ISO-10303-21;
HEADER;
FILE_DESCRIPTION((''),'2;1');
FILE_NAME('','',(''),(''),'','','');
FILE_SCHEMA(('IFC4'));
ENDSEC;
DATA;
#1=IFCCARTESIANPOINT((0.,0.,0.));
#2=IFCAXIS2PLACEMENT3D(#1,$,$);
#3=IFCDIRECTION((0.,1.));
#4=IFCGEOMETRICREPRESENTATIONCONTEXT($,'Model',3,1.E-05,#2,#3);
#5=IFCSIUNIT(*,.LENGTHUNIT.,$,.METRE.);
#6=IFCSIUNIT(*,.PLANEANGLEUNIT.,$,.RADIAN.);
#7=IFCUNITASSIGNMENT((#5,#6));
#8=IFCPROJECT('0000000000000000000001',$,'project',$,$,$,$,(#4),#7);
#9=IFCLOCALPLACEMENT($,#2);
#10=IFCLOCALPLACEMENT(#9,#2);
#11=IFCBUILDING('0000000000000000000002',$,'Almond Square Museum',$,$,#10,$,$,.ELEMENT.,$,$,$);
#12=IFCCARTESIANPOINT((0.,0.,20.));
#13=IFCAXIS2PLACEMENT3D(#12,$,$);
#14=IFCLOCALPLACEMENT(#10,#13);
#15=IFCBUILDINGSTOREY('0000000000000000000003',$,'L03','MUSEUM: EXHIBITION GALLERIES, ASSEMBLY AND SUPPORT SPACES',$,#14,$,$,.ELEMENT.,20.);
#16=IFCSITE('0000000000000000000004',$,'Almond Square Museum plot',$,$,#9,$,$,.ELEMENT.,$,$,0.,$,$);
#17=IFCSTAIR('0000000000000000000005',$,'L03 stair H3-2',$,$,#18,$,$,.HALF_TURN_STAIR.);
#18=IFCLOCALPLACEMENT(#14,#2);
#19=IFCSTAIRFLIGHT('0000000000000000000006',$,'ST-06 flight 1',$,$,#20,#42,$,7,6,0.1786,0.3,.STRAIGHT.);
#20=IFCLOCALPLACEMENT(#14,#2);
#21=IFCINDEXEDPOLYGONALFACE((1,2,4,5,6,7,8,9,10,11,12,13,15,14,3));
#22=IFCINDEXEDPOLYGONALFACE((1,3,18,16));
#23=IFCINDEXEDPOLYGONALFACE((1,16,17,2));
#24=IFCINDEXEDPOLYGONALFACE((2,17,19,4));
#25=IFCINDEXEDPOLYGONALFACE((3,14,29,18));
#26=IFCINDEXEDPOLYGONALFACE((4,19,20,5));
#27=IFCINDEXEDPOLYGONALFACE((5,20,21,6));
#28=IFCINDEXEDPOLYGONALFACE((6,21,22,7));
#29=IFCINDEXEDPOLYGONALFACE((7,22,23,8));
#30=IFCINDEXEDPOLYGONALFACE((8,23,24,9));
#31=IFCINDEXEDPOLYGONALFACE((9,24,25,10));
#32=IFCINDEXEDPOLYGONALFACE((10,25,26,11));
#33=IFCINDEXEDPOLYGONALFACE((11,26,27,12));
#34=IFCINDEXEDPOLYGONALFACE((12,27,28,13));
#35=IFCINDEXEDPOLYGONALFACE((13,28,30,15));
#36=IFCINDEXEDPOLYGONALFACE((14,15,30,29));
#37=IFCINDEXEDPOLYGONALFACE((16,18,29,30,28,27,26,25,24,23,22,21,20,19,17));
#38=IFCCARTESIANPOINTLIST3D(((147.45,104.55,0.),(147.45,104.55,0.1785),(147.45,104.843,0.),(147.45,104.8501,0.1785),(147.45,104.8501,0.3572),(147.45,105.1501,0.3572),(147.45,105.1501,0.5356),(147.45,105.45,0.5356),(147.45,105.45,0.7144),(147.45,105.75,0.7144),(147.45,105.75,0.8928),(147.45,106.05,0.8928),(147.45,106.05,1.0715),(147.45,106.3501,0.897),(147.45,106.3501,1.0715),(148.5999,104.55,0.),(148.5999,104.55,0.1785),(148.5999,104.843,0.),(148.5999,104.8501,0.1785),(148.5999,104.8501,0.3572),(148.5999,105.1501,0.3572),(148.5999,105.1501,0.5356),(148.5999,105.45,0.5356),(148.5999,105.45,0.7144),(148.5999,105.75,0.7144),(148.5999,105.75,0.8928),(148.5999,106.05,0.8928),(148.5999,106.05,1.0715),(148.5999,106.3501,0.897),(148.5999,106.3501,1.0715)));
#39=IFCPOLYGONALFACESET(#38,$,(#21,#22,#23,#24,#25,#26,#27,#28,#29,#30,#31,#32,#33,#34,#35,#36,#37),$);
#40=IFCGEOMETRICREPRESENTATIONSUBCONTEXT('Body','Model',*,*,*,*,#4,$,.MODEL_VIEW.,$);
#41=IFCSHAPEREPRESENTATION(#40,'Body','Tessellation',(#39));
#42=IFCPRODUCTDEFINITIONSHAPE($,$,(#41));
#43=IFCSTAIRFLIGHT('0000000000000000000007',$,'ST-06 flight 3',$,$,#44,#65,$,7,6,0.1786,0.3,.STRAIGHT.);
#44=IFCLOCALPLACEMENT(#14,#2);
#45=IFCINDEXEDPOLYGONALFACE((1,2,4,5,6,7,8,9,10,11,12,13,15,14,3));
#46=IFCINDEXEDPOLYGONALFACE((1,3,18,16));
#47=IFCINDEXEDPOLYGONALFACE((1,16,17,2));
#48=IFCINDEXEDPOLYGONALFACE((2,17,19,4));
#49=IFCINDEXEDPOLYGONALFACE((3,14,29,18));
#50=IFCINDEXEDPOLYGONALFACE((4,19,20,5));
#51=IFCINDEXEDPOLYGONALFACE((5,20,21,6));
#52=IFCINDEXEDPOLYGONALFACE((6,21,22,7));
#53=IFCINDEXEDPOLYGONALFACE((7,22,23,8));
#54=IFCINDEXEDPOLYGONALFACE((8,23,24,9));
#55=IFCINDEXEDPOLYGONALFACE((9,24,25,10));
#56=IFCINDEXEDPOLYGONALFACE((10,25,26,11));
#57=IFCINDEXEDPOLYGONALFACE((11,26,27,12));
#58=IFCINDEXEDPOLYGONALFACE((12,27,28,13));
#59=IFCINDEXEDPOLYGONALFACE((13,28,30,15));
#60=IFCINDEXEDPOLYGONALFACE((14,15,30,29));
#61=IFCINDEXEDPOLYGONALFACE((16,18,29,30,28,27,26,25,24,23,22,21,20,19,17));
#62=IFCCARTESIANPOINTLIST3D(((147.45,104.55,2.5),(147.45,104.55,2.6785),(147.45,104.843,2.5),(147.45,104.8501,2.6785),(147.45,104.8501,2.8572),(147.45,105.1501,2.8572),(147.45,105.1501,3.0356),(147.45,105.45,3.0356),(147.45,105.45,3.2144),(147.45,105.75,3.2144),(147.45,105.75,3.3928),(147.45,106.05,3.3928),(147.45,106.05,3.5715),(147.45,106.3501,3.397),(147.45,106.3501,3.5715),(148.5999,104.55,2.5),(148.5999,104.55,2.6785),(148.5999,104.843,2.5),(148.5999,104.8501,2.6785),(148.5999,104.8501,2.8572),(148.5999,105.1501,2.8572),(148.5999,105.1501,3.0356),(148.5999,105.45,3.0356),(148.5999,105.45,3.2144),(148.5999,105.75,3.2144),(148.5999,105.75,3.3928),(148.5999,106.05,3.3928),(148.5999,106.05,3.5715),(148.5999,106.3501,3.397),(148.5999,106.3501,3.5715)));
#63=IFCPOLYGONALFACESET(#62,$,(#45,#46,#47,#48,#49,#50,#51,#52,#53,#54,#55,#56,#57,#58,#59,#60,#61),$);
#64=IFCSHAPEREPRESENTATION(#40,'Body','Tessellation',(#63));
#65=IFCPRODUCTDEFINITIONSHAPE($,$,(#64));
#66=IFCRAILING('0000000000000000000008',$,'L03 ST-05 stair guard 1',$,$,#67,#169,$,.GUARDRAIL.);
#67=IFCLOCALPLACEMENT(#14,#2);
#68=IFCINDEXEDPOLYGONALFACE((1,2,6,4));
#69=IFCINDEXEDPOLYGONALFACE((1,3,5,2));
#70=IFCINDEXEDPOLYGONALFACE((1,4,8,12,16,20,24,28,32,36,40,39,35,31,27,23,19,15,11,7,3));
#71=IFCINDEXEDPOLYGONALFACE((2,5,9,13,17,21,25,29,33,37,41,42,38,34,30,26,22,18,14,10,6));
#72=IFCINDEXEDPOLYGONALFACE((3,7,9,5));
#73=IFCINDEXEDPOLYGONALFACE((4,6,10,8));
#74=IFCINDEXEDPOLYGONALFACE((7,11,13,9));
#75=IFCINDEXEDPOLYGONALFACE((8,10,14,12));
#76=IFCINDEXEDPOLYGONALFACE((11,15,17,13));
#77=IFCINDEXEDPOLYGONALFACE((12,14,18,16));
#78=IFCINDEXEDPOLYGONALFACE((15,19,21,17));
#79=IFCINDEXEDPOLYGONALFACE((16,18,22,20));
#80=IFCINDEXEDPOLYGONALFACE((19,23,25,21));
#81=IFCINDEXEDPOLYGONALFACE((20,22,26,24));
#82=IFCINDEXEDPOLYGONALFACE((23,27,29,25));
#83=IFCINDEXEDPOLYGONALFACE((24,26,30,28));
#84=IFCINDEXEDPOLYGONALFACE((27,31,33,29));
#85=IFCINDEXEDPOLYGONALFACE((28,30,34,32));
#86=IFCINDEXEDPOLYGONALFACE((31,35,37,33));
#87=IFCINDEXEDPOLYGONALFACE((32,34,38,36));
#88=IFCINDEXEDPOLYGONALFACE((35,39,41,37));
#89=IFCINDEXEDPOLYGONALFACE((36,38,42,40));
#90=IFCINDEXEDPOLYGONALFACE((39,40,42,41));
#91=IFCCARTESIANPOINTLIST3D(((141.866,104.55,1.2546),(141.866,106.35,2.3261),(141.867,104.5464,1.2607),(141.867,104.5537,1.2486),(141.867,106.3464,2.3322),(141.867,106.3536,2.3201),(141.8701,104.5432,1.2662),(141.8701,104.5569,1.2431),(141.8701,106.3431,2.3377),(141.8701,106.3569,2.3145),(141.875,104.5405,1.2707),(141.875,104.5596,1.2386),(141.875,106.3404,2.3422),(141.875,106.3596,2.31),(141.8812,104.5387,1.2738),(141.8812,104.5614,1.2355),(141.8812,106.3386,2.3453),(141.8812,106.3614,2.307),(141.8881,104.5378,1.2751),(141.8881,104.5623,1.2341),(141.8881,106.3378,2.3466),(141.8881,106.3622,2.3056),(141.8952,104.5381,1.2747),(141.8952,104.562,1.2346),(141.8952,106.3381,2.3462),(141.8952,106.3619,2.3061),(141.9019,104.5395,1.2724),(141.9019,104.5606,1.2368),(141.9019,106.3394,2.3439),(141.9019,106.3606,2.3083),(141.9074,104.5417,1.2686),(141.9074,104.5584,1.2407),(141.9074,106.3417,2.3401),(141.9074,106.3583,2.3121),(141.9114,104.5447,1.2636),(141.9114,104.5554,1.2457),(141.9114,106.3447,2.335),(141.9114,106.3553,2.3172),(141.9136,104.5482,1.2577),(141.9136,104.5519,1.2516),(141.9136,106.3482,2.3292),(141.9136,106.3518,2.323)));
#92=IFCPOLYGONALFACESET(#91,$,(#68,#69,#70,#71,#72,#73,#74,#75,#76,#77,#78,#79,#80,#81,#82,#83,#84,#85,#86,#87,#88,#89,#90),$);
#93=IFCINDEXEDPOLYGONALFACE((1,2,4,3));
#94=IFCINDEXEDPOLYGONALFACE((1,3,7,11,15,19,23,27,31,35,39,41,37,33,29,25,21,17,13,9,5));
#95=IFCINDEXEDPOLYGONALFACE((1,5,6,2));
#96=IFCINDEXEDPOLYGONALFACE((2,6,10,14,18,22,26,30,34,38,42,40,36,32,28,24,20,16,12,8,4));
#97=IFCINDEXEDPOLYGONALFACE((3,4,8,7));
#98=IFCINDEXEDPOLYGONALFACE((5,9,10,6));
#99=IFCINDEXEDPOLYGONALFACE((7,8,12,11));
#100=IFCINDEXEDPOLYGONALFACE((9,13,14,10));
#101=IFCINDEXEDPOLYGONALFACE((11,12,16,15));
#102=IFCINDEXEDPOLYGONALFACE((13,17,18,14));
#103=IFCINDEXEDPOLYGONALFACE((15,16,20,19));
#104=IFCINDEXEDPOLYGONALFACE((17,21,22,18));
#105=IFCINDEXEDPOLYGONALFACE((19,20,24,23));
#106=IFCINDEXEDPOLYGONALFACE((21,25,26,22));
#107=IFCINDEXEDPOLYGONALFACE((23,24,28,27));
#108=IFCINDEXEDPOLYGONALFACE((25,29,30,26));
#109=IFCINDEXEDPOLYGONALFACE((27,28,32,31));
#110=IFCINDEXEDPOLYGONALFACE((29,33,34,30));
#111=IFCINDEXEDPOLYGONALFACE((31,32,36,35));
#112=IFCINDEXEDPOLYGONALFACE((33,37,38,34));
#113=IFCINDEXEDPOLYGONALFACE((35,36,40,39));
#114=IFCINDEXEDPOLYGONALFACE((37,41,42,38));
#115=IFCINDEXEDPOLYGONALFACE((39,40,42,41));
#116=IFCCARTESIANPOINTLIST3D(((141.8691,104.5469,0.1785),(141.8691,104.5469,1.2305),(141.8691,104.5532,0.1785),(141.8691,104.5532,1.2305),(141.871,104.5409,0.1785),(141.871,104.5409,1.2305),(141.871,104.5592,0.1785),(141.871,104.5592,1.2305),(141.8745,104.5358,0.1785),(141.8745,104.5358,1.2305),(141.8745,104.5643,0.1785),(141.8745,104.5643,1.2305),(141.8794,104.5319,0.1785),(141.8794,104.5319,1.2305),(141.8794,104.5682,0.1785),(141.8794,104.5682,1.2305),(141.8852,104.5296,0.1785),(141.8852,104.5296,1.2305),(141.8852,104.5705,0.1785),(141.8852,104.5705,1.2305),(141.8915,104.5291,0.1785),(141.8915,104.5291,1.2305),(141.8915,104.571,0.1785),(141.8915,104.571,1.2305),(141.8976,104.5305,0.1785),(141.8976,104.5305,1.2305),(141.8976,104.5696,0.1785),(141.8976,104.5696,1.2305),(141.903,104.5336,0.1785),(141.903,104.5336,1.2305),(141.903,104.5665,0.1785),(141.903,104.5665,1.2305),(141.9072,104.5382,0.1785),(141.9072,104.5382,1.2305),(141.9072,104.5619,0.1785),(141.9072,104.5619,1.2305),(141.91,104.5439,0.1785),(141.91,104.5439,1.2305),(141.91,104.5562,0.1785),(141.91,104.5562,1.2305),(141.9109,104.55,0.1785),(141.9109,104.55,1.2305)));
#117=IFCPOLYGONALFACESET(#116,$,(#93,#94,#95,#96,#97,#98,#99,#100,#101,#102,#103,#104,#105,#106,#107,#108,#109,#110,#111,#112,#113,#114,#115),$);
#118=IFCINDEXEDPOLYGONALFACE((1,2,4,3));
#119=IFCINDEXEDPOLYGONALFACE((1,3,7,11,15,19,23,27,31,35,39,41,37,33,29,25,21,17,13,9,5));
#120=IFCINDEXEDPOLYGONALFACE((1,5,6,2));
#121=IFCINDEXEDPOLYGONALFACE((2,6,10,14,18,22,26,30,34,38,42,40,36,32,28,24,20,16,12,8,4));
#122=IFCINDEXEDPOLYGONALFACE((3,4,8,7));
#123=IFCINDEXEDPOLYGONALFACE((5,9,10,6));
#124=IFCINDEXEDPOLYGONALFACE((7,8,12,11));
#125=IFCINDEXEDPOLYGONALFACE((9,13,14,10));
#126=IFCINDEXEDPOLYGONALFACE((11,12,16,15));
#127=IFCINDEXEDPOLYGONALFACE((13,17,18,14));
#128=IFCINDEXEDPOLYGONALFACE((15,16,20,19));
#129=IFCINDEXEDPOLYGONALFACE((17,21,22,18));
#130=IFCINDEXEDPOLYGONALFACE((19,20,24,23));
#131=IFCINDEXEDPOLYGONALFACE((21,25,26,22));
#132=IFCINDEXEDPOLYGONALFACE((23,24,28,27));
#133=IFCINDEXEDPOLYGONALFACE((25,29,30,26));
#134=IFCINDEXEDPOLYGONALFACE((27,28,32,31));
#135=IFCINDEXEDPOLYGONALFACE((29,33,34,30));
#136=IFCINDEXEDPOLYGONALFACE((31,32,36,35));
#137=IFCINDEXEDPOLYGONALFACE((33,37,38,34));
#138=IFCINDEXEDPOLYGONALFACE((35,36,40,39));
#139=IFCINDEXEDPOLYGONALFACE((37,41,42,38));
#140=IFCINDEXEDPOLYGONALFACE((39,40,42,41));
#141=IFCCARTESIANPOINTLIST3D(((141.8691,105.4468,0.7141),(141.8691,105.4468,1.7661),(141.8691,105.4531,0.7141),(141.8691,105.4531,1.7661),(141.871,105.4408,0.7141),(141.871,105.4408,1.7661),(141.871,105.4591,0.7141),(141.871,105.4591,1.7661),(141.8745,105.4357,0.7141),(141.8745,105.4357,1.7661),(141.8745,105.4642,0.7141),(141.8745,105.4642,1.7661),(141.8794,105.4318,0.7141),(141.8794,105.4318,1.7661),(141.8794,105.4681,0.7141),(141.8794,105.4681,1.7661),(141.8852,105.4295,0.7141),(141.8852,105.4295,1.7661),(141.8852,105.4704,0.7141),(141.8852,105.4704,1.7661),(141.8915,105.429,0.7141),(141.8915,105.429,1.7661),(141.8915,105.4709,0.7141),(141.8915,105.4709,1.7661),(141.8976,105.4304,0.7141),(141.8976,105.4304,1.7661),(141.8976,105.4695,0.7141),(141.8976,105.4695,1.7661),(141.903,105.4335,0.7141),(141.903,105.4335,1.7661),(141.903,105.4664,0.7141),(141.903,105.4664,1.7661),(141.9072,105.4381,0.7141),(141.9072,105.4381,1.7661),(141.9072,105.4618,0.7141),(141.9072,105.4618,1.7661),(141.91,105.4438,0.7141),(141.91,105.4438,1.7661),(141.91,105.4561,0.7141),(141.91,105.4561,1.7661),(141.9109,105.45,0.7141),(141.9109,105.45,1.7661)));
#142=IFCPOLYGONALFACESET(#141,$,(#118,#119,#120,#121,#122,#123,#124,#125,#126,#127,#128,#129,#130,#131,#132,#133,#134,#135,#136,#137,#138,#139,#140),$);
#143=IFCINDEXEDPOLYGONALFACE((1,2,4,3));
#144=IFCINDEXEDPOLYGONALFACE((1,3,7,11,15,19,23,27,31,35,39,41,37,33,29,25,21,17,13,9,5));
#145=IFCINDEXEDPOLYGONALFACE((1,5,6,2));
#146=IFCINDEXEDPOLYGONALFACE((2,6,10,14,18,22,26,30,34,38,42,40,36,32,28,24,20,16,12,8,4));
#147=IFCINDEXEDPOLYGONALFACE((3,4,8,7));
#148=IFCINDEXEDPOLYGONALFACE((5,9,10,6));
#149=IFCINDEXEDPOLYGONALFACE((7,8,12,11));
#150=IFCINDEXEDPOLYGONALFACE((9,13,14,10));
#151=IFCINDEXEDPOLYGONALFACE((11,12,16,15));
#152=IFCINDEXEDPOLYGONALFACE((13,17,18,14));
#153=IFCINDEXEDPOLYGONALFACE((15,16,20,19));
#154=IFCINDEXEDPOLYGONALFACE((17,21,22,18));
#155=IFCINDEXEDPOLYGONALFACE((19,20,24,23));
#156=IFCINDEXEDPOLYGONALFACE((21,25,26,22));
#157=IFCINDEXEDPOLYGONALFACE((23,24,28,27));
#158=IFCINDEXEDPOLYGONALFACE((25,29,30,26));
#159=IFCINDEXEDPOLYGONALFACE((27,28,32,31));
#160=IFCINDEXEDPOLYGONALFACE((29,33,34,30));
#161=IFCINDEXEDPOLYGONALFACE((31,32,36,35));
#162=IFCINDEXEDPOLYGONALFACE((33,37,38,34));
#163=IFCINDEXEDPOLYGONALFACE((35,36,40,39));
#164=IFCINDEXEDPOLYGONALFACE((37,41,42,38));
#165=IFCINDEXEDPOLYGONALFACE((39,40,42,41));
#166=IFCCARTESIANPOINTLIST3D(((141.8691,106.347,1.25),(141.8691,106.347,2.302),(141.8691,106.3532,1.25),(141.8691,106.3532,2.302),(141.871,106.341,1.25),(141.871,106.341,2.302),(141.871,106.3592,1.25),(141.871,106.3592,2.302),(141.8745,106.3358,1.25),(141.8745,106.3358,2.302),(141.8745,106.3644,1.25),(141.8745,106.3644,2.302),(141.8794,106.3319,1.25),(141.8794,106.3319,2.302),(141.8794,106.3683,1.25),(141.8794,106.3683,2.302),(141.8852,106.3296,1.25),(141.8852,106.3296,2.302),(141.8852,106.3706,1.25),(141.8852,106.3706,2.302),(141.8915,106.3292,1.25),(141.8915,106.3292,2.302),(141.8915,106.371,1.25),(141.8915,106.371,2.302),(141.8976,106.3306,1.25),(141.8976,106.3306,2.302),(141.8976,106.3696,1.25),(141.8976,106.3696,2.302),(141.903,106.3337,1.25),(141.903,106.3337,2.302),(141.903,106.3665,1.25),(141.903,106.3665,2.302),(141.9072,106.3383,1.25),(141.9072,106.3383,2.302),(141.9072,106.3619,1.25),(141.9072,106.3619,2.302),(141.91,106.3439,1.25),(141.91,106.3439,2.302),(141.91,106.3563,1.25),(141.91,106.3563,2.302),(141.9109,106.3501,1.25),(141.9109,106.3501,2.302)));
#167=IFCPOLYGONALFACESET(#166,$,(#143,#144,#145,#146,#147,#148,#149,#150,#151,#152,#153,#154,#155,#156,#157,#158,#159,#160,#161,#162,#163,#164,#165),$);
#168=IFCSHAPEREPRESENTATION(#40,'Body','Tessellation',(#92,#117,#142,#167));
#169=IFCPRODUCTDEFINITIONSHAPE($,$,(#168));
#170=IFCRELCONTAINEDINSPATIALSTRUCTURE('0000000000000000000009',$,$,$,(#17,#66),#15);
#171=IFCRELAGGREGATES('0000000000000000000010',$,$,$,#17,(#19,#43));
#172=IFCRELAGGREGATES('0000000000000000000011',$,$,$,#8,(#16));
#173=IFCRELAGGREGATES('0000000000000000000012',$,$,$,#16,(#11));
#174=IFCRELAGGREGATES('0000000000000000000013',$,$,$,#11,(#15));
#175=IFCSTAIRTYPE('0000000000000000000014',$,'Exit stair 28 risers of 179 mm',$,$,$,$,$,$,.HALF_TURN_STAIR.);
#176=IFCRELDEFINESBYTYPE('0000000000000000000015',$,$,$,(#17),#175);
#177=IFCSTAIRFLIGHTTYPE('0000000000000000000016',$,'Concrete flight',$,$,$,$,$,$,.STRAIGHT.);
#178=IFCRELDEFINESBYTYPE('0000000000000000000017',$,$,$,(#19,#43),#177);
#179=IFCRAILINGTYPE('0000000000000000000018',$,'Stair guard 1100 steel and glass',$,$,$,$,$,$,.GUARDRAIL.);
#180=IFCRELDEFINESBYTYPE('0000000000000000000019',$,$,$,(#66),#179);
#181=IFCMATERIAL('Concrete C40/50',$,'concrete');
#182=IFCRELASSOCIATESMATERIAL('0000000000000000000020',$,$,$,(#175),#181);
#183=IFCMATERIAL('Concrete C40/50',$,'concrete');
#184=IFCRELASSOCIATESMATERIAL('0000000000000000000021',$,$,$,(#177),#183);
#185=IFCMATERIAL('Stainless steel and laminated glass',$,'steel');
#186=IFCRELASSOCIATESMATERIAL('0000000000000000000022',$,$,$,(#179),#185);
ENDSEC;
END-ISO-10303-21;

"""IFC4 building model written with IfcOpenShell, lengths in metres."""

from ifc_helpers import new_model, si_unit, direction, frame, origin, origin_2d, place, context, subcontext, project, spatial, polyline, circle, outline, extrude, material, type_object, element, aggregate, save


model = new_model("IFC4")

# Units and contexts
model_context = context("Model", 3, precision=1e-05, world=origin(), true_north=direction((0.0, 1.0)))
body_context = subcontext(model_context, "Body", "Model", "MODEL_VIEW")
ifc_project = project(units=[si_unit("LENGTHUNIT", "METRE"), si_unit("PLANEANGLEUNIT", "RADIAN")], contexts=[model_context])

# Site, building, storey
site_placement = place(None, origin())
site = spatial("IfcSite", under=ifc_project, at=site_placement, Name="Almond Square Museum plot", CompositionType="ELEMENT", RefElevation=0.0)
building_placement = place(site_placement, origin())
building = spatial("IfcBuilding", under=site, at=building_placement, Name="Almond Square Museum", CompositionType="ELEMENT")
storey_placement = place(building_placement, frame((0.0, 0.0, 20.0)))
storey = spatial("IfcBuildingStorey", under=building, at=storey_placement, Name="L03", Description="MUSEUM: EXHIBITION GALLERIES, ASSEMBLY AND SUPPORT SPACES", CompositionType="ELEMENT", Elevation=20.0)

# Stair, stair flights
ifc_material_1 = material(Name="Concrete C40/50", Category="concrete")
stair_type = type_object("IfcStairType", Name="Exit stair 28 risers of 179 mm", PredefinedType="HALF_TURN_STAIR", material=ifc_material_1)
ifc_material_2 = material(Name="Concrete C40/50", Category="concrete")
stair_flight_type = type_object("IfcStairFlightType", Name="Concrete flight", PredefinedType="STRAIGHT", material=ifc_material_2)
stair_1_placement = place(storey_placement, origin())
stair_1 = element("IfcStair", 1, at=stair_1_placement, inside=storey, type_object=stair_type, Name="L03 stair H3-2", PredefinedType="HALF_TURN_STAIR")
stair_flight_1_placement = place(storey_placement, frame((148.0249, 104.55, 0.0), z_axis=(0.0, 0.0, 1.0), x_axis=(0.0, 1.0, 0.0)))
stair_flight_1 = element("IfcStairFlight", 2, at=stair_flight_1_placement, type_object=stair_flight_type, Name="ST-06 flight 1", NumberOfRisers=7, NumberOfTreads=6, PredefinedType="STRAIGHT", RiserHeight=0.1786, TreadLength=0.3, context=body_context, shape_type="SweptSolid", body=[
    extrude(outline(polyline([(0.0, 0.0), (0.0, 0.1785), (0.3, 0.1785), (0.3, 0.3572), (0.6001, 0.3572), (0.6001, 0.5356), (0.8999, 0.5356), (0.8999, 0.7144), (1.2, 0.7144), (1.2, 0.8928), (1.5, 0.8928), (1.5, 1.0715), (1.8, 1.0715), (1.8, 1.25), (1.8, 0.897), (0.293, 0.0), (0.0, 0.0)])), frame((0.0, 0.575, 0.0), z_axis=(0.0, -1.0, 0.0), x_axis=(1.0, 0.0, 0.0)), (0.0, 0.0, 1.0), 1.1499),
])
stair_flight_2_placement = place(storey_placement, frame((148.0249, 104.55, 2.5), z_axis=(0.0, 0.0, 1.0), x_axis=(0.0, 1.0, 0.0)))
stair_flight_2 = element("IfcStairFlight", 3, at=stair_flight_2_placement, type_object=stair_flight_type, Name="ST-06 flight 3", NumberOfRisers=7, NumberOfTreads=6, PredefinedType="STRAIGHT", RiserHeight=0.1786, TreadLength=0.3, context=body_context, shape_type="SweptSolid", body=[
    extrude(outline(polyline([(0.0, 0.0), (0.0, 0.1785), (0.3, 0.1785), (0.3, 0.3572), (0.6001, 0.3572), (0.6001, 0.5356), (0.8999, 0.5356), (0.8999, 0.7144), (1.2, 0.7144), (1.2, 0.8928), (1.5, 0.8928), (1.5, 1.0715), (1.8, 1.0715), (1.8, 1.25), (1.8, 0.897), (0.293, 0.0), (0.0, 0.0)])), frame((0.0, 0.575, 0.0), z_axis=(0.0, -1.0, 0.0), x_axis=(1.0, 0.0, 0.0)), (0.0, 0.0, 1.0), 1.1499),
])
aggregate(stair_1, [stair_flight_1, stair_flight_2])

# Railing
ifc_material_3 = material(Name="Stainless steel and laminated glass", Category="steel")
railing_type_1 = type_object("IfcRailingType", Name="Stair guard 1100 steel and glass", PredefinedType="GUARDRAIL", material=ifc_material_3)
railing_1_placement = place(storey_placement, frame((141.8899, 104.55, 0.1785)))
element("IfcRailing", 4, at=railing_1_placement, inside=storey, type_object=railing_type_1, Name="L03 ST-05 stair guard 1", PredefinedType="GUARDRAIL", context=body_context, shape_type="SweptSolid", body=[
    extrude(circle(Radius=0.0239, at=origin_2d()), frame((0.0, 0.0, 1.0762), z_axis=(0.0, 0.859277, 0.51151), x_axis=(-1.0, 0.0, 0.0)), (0.0, 0.0, 1.0), 2.0947),
    extrude(circle(Radius=0.021, at=origin_2d()), origin(), (0.0, 0.0, 1.0), 1.052),
    extrude(circle(Radius=0.021, at=origin_2d()), frame((0.0, 0.8999, 0.5356)), (0.0, 0.0, 1.0), 1.052),
    extrude(circle(Radius=0.021, at=origin_2d()), frame((0.0, 1.8, 1.0715)), (0.0, 0.0, 1.0), 1.052),
])

save(model, "model.ifc")
